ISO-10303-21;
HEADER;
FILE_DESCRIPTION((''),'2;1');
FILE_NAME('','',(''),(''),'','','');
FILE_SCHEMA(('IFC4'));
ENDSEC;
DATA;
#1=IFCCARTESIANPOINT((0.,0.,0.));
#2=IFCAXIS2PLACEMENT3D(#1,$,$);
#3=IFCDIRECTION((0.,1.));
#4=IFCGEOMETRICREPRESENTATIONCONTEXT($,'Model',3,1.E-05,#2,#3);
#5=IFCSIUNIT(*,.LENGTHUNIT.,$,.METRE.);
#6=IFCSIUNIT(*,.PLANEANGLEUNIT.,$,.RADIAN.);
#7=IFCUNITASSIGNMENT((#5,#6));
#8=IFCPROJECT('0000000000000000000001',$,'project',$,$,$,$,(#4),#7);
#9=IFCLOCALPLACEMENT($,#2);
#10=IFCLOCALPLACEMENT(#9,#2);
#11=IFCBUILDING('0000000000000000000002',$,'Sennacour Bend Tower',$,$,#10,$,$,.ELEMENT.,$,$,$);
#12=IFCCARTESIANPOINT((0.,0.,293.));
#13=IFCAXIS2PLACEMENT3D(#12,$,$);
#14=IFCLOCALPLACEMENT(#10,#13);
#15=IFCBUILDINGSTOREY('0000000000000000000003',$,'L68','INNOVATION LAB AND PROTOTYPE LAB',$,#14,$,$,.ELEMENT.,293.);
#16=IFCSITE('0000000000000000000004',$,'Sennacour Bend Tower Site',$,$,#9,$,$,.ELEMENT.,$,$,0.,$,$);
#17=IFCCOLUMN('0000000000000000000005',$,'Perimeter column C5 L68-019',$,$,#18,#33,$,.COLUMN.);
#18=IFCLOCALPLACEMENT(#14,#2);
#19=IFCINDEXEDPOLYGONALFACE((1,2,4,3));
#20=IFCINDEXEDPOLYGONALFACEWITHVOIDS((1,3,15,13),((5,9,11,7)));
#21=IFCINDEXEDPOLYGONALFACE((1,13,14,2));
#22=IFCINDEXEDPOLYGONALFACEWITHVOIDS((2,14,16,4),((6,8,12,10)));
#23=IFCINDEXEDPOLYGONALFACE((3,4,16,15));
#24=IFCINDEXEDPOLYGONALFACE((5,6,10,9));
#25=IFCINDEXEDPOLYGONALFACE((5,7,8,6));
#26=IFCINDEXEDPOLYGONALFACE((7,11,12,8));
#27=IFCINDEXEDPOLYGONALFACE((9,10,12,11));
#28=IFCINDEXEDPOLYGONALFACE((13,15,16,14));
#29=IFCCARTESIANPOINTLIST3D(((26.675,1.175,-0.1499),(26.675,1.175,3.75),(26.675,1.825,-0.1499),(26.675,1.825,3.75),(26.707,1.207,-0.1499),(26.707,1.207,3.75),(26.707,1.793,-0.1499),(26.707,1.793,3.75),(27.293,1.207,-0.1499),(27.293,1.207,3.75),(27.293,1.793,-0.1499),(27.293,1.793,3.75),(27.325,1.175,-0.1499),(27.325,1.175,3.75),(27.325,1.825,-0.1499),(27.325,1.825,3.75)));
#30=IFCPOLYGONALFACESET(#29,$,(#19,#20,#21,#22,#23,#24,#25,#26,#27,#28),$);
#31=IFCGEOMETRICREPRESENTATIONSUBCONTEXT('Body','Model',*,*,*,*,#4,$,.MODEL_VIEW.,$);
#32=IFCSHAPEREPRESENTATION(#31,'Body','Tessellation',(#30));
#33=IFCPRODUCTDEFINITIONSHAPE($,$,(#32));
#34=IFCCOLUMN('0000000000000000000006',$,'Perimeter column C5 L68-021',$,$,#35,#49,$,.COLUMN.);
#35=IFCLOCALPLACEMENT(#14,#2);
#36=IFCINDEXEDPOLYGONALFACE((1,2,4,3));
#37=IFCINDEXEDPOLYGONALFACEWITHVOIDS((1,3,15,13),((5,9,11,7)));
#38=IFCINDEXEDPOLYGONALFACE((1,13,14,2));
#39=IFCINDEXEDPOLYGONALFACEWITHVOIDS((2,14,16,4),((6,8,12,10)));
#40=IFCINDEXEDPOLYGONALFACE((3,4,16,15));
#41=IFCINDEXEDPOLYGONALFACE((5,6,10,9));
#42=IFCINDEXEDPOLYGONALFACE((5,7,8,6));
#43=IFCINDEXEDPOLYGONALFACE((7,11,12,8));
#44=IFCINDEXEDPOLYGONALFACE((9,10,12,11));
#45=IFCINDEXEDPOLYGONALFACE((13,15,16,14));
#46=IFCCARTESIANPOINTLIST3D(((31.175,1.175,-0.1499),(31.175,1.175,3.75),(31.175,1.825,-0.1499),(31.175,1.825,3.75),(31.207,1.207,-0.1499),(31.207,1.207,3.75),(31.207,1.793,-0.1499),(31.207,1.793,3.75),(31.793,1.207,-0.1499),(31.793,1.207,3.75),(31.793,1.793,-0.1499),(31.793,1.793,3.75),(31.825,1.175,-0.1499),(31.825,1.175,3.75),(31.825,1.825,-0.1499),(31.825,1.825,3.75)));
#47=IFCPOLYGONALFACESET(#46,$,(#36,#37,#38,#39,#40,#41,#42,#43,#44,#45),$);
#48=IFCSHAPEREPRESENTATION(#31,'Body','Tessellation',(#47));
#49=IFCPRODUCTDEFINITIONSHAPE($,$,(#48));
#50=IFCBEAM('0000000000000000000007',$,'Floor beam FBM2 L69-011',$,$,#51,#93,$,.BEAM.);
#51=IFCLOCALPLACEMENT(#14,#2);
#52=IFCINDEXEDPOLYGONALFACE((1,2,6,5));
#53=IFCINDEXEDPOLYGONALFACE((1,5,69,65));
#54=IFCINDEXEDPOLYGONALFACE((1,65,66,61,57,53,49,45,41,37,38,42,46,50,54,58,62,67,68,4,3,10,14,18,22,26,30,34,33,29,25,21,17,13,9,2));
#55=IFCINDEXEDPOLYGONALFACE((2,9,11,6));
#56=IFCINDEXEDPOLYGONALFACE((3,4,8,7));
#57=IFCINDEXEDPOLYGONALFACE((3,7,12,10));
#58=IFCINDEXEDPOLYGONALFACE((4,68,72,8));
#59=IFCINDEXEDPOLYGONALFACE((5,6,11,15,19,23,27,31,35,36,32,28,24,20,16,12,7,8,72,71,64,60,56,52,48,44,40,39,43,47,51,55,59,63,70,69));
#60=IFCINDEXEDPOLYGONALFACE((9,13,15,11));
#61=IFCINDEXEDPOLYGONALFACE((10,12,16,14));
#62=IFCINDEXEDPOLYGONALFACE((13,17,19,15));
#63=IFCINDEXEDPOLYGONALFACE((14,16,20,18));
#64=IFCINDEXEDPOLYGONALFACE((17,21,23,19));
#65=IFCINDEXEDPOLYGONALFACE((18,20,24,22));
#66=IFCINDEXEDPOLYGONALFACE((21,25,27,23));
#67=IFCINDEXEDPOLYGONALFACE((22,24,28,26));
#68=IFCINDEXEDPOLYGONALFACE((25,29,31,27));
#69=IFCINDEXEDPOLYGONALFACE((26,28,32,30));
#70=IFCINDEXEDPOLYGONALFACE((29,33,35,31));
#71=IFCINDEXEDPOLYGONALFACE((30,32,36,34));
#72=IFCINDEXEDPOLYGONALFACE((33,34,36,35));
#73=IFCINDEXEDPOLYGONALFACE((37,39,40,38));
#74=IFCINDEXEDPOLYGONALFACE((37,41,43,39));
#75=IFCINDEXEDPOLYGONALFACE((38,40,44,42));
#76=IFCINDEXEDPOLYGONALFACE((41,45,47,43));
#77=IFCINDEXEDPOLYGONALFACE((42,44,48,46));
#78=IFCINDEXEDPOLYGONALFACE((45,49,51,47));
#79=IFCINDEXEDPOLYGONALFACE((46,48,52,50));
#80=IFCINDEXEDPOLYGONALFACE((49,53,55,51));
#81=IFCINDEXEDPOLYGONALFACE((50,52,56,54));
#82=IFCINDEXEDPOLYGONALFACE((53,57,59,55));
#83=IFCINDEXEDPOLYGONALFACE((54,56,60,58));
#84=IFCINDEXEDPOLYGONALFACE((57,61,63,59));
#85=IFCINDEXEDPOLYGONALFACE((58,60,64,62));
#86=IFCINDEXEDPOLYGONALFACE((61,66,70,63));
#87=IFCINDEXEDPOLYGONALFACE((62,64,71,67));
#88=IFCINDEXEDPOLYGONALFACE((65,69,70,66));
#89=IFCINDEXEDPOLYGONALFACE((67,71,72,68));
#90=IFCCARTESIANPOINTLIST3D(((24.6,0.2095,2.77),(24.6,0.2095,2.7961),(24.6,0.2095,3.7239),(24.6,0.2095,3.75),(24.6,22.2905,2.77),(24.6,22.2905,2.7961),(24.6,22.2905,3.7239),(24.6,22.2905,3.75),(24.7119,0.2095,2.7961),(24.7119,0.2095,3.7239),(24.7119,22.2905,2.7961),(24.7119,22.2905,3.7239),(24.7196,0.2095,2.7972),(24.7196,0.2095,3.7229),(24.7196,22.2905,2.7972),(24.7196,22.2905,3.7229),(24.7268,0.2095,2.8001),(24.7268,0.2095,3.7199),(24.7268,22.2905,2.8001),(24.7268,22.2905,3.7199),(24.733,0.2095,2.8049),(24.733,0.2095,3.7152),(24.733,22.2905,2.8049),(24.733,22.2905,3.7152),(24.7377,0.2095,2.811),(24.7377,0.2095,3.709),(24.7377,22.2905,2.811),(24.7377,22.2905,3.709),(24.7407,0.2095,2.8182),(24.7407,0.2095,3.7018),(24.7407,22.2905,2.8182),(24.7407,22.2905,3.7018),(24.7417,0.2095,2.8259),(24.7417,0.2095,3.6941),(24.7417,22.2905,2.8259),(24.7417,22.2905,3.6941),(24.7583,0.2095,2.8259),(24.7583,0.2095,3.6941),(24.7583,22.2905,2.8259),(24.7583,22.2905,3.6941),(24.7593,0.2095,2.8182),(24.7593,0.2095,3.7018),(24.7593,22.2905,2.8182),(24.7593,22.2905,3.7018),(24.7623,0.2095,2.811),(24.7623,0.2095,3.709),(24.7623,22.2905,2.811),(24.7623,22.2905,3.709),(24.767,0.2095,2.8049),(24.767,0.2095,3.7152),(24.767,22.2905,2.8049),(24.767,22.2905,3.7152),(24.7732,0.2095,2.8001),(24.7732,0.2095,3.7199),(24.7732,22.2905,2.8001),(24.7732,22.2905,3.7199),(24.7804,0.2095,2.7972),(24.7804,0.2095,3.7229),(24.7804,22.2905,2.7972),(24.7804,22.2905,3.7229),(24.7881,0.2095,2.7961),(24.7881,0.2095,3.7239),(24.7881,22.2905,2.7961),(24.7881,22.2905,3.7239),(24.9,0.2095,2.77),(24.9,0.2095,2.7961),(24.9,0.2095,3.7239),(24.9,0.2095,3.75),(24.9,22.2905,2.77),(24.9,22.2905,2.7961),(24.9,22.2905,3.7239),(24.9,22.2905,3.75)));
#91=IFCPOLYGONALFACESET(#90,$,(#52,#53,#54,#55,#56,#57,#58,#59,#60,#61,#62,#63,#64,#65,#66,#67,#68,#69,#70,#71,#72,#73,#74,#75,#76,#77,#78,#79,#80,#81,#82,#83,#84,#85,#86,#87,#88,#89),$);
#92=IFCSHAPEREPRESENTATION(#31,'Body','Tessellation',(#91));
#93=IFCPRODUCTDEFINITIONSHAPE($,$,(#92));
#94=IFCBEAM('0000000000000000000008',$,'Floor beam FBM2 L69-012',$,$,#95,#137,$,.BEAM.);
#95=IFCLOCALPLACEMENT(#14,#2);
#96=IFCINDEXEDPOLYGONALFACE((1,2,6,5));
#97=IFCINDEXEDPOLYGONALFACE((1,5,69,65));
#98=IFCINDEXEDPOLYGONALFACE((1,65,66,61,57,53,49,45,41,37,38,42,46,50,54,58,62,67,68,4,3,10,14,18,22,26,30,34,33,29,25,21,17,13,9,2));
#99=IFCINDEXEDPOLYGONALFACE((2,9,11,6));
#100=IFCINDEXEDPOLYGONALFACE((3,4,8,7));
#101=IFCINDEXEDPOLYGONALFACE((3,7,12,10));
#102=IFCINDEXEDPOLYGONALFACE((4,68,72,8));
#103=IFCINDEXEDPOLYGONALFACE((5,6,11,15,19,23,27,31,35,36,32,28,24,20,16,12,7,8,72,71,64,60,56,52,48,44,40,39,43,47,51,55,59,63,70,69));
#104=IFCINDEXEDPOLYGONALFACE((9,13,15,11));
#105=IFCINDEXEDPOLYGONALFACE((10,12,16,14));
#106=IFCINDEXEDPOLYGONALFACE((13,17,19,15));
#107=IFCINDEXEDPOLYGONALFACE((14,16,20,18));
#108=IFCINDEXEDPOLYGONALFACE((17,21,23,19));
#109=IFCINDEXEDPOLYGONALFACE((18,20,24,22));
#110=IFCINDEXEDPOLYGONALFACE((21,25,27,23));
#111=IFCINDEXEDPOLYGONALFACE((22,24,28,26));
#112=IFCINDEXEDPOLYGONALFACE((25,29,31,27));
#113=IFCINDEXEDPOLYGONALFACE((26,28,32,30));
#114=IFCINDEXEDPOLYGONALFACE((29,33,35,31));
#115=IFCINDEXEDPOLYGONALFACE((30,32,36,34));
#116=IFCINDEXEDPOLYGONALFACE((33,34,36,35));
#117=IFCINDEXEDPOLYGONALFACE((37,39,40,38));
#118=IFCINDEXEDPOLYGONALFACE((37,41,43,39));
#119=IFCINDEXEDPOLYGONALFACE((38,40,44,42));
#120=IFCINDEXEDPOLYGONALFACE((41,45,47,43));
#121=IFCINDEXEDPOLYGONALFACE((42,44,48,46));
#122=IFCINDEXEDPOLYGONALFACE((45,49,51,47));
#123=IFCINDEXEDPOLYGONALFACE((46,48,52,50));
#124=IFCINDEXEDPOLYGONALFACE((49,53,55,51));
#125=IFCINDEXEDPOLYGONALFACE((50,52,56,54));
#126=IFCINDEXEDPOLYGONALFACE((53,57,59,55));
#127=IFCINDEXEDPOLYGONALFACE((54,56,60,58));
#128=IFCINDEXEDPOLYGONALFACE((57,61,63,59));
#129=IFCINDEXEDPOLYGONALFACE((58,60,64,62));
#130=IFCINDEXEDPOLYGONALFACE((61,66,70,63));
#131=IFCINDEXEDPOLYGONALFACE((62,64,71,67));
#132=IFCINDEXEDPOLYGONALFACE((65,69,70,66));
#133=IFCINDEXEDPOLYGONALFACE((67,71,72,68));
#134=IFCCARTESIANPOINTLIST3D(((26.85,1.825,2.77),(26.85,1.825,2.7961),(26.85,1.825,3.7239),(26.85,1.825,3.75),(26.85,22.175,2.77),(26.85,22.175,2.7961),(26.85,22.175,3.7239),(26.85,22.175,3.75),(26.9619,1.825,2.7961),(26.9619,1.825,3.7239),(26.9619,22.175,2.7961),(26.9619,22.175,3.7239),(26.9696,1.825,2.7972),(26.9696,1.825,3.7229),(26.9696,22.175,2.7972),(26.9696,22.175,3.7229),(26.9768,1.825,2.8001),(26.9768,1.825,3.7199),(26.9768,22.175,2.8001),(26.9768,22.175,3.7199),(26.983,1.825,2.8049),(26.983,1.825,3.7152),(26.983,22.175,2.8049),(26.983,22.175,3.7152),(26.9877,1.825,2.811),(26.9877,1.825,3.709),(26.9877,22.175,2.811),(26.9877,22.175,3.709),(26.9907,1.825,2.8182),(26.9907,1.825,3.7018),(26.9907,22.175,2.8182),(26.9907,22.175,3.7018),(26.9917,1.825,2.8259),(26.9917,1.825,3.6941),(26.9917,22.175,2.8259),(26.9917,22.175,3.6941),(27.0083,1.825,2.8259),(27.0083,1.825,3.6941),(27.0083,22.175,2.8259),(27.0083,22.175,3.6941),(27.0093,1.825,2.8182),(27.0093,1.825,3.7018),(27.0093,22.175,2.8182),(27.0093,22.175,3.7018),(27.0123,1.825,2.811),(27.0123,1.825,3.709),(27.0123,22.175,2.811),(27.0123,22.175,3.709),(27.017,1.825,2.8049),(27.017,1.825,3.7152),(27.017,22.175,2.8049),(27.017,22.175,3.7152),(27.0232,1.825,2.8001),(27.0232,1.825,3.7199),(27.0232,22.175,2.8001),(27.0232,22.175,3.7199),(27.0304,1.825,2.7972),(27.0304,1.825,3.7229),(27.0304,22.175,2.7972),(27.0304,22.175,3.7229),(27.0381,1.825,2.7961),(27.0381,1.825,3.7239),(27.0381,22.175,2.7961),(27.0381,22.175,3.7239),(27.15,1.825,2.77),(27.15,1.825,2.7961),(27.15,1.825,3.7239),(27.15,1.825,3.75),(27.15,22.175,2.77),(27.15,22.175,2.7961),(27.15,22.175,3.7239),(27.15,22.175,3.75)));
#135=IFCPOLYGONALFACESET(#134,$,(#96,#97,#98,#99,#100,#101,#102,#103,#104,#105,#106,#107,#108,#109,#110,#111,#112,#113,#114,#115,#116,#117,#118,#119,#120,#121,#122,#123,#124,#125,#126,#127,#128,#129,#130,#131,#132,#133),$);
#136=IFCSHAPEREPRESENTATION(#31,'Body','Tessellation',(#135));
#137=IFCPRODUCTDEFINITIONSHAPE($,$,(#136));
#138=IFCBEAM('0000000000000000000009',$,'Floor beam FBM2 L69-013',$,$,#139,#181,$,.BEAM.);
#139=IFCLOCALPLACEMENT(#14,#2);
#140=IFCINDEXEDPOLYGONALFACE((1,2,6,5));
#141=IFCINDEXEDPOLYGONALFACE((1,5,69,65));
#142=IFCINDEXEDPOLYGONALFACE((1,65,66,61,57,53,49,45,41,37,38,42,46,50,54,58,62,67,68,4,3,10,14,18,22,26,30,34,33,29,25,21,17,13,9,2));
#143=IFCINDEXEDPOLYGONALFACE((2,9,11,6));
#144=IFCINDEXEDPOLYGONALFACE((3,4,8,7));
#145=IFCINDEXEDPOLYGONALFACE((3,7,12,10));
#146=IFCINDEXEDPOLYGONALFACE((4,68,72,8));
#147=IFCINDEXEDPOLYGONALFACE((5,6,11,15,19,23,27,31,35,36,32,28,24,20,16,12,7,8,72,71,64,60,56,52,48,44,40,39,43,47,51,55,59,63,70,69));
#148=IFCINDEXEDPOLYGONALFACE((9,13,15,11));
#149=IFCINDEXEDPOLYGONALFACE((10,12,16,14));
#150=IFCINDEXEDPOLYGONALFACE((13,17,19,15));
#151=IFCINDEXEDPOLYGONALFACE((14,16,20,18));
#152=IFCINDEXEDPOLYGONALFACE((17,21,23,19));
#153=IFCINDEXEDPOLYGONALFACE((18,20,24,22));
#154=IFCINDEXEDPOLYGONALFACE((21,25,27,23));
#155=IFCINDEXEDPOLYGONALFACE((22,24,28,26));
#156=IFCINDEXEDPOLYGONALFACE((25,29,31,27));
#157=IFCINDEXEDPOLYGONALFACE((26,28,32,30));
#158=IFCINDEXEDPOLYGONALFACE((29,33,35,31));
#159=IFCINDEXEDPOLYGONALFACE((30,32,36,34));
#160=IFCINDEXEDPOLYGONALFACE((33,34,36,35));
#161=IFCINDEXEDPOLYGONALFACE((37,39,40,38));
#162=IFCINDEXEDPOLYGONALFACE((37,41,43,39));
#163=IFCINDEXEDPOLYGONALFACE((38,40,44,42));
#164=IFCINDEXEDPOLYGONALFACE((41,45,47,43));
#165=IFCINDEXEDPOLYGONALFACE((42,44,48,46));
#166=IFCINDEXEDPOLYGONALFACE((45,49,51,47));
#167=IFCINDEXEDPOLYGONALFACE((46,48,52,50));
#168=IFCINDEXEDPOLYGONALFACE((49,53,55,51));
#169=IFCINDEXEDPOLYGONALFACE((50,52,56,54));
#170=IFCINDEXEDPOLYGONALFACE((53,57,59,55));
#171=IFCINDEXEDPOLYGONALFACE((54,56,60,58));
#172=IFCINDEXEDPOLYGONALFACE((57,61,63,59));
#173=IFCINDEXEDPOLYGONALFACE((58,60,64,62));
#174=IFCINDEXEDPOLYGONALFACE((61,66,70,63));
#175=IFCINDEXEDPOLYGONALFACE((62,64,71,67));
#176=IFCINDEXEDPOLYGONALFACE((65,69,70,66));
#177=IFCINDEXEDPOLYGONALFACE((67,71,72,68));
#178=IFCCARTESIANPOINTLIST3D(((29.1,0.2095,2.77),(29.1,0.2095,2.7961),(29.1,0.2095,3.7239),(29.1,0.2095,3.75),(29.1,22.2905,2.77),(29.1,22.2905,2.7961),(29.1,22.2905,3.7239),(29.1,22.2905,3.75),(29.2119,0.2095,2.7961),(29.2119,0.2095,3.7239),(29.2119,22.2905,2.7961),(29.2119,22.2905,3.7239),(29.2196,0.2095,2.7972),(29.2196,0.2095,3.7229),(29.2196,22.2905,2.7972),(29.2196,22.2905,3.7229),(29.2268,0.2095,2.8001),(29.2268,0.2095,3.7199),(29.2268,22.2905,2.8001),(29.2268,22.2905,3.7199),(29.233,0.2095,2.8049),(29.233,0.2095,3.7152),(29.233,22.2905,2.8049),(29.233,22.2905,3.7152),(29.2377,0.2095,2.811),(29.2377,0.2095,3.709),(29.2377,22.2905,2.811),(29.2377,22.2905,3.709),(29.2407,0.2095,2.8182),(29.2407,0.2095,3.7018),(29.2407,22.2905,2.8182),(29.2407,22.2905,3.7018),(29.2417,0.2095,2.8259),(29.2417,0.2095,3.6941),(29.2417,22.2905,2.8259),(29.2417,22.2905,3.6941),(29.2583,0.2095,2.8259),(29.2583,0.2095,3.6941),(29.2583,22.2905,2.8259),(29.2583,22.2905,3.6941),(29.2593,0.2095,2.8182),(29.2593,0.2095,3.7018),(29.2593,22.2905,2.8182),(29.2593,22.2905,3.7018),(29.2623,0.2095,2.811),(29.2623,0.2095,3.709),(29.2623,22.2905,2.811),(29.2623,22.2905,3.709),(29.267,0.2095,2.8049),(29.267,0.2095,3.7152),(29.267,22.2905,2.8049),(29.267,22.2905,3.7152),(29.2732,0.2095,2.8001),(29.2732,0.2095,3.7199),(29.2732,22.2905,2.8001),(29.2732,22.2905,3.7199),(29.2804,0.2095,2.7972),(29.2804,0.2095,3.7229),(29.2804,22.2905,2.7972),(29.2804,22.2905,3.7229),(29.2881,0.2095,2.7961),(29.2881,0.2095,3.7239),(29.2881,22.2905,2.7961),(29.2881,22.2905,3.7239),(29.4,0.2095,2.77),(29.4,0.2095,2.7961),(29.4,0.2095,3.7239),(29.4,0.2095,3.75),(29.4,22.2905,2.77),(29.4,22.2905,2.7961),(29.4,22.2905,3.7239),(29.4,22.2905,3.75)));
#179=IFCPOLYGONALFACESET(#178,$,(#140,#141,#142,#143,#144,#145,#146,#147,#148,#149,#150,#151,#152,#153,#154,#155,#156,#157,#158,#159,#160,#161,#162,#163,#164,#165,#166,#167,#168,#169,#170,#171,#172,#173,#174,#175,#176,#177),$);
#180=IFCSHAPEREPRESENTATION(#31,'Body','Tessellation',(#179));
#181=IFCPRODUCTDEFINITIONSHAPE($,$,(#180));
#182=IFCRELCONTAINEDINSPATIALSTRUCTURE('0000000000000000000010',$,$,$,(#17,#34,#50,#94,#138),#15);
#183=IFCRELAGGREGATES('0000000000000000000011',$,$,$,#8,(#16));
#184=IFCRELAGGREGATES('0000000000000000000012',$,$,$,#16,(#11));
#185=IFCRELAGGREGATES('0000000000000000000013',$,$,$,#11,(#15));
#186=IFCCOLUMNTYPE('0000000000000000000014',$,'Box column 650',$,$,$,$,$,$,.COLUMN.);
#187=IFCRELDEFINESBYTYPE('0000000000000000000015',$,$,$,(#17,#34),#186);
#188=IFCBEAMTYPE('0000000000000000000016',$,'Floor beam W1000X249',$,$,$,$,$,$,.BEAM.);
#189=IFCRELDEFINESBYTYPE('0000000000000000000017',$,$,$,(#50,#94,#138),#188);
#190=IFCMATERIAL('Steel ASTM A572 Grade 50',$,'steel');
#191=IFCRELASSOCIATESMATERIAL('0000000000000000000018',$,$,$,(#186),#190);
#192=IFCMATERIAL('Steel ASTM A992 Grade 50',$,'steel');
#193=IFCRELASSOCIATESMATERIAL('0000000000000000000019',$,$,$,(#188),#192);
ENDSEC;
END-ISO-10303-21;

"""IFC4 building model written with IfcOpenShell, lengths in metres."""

from ifc_helpers import new_model, si_unit, direction, frame, origin, origin_2d, place, context, subcontext, project, spatial, hollow_rectangle, i_section, extrude, material, material_profile, profile_set, type_object, element, save


model = new_model("IFC4")

# Units and contexts
model_context = context("Model", 3, precision=1e-05, world=origin(), true_north=direction((0.0, 1.0)))
body_context = subcontext(model_context, "Body", "Model", "MODEL_VIEW")
ifc_project = project(units=[si_unit("LENGTHUNIT", "METRE"), si_unit("PLANEANGLEUNIT", "RADIAN")], contexts=[model_context])

# Site, building, storey
site_placement = place(None, origin())
site = spatial("IfcSite", under=ifc_project, at=site_placement, Name="Sennacour Bend Tower Site", CompositionType="ELEMENT", RefElevation=0.0)
building_placement = place(site_placement, origin())
building = spatial("IfcBuilding", under=site, at=building_placement, Name="Sennacour Bend Tower", CompositionType="ELEMENT")
storey_placement = place(building_placement, frame((0.0, 0.0, 293.0)))
storey = spatial("IfcBuildingStorey", under=building, at=storey_placement, Name="L68", Description="INNOVATION LAB AND PROTOTYPE LAB", CompositionType="ELEMENT", Elevation=293.0)

# Columns
ifc_material_1 = material(Name="Steel ASTM A572 Grade 50", Category="steel")
ifc_material_profile_1 = material_profile(ifc_material_1, hollow_rectangle(XDim=0.6499, YDim=0.6499, WallThickness=0.032, at=origin_2d()), Name="Steel ASTM A572 Grade 50", Category="steel")
ifc_profile_set_1 = profile_set([ifc_material_profile_1], Name="Steel ASTM A572 Grade 50")
column_type = type_object("IfcColumnType", Name="Box column 650", PredefinedType="COLUMN", material=ifc_profile_set_1)
for number, where, z_axis, x_axis, name in (
    (1, (27.0, 1.5, -0.1499), (0.0, 0.0, 1.0), (1.0, 0.0, 0.0), "Perimeter column C5 L68-019"),
    (2, (31.5, 1.5, -0.1499), (0.0, 0.0, 1.0), (1.0, 0.0, 0.0), "Perimeter column C5 L68-021"),
):
    element("IfcColumn", number, at=place(storey_placement, frame(where, z_axis=z_axis, x_axis=x_axis)), inside=storey, type_object=column_type, Name=name, PredefinedType="COLUMN", context=body_context, shape_type="SweptSolid", body=[
        extrude(hollow_rectangle(XDim=0.6499, YDim=0.6499, WallThickness=0.032, at=origin_2d()), origin(), (0.0, 0.0, 1.0), 3.8999),
    ])

# Beams
ifc_material_2 = material(Name="Steel ASTM A992 Grade 50", Category="steel")
ifc_material_profile_2 = material_profile(ifc_material_2, i_section(OverallWidth=0.3, OverallDepth=0.98, WebThickness=0.0166, FlangeThickness=0.0261, FilletRadius=0.0298, at=origin_2d()), Name="Steel ASTM A992 Grade 50", Category="steel")
ifc_profile_set_2 = profile_set([ifc_material_profile_2], Name="Steel ASTM A992 Grade 50")
beam_type_1 = type_object("IfcBeamType", Name="Floor beam W1000X249", PredefinedType="BEAM", material=ifc_profile_set_2)
beam_1_placement = place(storey_placement, frame((24.75, 0.2095, 3.26), z_axis=(0.0, 1.0, 0.0), x_axis=(-1.0, 0.0, 0.0)))
element("IfcBeam", 3, at=beam_1_placement, inside=storey, type_object=beam_type_1, Name="Floor beam FBM2 L69-011", PredefinedType="BEAM", context=body_context, shape_type="SweptSolid", body=[
    extrude(i_section(OverallWidth=0.3, OverallDepth=0.98, WebThickness=0.0166, FlangeThickness=0.0261, FilletRadius=0.0298, at=origin_2d()), origin(), (0.0, 0.0, 1.0), 22.0811),
])
beam_2_placement = place(storey_placement, frame((27.0, 1.825, 3.26), z_axis=(0.0, 1.0, 0.0), x_axis=(-1.0, 0.0, 0.0)))
element("IfcBeam", 4, at=beam_2_placement, inside=storey, type_object=beam_type_1, Name="Floor beam FBM2 L69-012", PredefinedType="BEAM", context=body_context, shape_type="SweptSolid", body=[
    extrude(i_section(OverallWidth=0.3, OverallDepth=0.98, WebThickness=0.0166, FlangeThickness=0.0261, FilletRadius=0.0298, at=origin_2d()), origin(), (0.0, 0.0, 1.0), 20.3501),
])
beam_3_placement = place(storey_placement, frame((29.25, 0.2095, 3.26), z_axis=(0.0, 1.0, 0.0), x_axis=(-1.0, 0.0, 0.0)))
element("IfcBeam", 5, at=beam_3_placement, inside=storey, type_object=beam_type_1, Name="Floor beam FBM2 L69-013", PredefinedType="BEAM", context=body_context, shape_type="SweptSolid", body=[
    extrude(i_section(OverallWidth=0.3, OverallDepth=0.98, WebThickness=0.0166, FlangeThickness=0.0261, FilletRadius=0.0298, at=origin_2d()), origin(), (0.0, 0.0, 1.0), 22.0811),
])

save(model, "model.ifc")
